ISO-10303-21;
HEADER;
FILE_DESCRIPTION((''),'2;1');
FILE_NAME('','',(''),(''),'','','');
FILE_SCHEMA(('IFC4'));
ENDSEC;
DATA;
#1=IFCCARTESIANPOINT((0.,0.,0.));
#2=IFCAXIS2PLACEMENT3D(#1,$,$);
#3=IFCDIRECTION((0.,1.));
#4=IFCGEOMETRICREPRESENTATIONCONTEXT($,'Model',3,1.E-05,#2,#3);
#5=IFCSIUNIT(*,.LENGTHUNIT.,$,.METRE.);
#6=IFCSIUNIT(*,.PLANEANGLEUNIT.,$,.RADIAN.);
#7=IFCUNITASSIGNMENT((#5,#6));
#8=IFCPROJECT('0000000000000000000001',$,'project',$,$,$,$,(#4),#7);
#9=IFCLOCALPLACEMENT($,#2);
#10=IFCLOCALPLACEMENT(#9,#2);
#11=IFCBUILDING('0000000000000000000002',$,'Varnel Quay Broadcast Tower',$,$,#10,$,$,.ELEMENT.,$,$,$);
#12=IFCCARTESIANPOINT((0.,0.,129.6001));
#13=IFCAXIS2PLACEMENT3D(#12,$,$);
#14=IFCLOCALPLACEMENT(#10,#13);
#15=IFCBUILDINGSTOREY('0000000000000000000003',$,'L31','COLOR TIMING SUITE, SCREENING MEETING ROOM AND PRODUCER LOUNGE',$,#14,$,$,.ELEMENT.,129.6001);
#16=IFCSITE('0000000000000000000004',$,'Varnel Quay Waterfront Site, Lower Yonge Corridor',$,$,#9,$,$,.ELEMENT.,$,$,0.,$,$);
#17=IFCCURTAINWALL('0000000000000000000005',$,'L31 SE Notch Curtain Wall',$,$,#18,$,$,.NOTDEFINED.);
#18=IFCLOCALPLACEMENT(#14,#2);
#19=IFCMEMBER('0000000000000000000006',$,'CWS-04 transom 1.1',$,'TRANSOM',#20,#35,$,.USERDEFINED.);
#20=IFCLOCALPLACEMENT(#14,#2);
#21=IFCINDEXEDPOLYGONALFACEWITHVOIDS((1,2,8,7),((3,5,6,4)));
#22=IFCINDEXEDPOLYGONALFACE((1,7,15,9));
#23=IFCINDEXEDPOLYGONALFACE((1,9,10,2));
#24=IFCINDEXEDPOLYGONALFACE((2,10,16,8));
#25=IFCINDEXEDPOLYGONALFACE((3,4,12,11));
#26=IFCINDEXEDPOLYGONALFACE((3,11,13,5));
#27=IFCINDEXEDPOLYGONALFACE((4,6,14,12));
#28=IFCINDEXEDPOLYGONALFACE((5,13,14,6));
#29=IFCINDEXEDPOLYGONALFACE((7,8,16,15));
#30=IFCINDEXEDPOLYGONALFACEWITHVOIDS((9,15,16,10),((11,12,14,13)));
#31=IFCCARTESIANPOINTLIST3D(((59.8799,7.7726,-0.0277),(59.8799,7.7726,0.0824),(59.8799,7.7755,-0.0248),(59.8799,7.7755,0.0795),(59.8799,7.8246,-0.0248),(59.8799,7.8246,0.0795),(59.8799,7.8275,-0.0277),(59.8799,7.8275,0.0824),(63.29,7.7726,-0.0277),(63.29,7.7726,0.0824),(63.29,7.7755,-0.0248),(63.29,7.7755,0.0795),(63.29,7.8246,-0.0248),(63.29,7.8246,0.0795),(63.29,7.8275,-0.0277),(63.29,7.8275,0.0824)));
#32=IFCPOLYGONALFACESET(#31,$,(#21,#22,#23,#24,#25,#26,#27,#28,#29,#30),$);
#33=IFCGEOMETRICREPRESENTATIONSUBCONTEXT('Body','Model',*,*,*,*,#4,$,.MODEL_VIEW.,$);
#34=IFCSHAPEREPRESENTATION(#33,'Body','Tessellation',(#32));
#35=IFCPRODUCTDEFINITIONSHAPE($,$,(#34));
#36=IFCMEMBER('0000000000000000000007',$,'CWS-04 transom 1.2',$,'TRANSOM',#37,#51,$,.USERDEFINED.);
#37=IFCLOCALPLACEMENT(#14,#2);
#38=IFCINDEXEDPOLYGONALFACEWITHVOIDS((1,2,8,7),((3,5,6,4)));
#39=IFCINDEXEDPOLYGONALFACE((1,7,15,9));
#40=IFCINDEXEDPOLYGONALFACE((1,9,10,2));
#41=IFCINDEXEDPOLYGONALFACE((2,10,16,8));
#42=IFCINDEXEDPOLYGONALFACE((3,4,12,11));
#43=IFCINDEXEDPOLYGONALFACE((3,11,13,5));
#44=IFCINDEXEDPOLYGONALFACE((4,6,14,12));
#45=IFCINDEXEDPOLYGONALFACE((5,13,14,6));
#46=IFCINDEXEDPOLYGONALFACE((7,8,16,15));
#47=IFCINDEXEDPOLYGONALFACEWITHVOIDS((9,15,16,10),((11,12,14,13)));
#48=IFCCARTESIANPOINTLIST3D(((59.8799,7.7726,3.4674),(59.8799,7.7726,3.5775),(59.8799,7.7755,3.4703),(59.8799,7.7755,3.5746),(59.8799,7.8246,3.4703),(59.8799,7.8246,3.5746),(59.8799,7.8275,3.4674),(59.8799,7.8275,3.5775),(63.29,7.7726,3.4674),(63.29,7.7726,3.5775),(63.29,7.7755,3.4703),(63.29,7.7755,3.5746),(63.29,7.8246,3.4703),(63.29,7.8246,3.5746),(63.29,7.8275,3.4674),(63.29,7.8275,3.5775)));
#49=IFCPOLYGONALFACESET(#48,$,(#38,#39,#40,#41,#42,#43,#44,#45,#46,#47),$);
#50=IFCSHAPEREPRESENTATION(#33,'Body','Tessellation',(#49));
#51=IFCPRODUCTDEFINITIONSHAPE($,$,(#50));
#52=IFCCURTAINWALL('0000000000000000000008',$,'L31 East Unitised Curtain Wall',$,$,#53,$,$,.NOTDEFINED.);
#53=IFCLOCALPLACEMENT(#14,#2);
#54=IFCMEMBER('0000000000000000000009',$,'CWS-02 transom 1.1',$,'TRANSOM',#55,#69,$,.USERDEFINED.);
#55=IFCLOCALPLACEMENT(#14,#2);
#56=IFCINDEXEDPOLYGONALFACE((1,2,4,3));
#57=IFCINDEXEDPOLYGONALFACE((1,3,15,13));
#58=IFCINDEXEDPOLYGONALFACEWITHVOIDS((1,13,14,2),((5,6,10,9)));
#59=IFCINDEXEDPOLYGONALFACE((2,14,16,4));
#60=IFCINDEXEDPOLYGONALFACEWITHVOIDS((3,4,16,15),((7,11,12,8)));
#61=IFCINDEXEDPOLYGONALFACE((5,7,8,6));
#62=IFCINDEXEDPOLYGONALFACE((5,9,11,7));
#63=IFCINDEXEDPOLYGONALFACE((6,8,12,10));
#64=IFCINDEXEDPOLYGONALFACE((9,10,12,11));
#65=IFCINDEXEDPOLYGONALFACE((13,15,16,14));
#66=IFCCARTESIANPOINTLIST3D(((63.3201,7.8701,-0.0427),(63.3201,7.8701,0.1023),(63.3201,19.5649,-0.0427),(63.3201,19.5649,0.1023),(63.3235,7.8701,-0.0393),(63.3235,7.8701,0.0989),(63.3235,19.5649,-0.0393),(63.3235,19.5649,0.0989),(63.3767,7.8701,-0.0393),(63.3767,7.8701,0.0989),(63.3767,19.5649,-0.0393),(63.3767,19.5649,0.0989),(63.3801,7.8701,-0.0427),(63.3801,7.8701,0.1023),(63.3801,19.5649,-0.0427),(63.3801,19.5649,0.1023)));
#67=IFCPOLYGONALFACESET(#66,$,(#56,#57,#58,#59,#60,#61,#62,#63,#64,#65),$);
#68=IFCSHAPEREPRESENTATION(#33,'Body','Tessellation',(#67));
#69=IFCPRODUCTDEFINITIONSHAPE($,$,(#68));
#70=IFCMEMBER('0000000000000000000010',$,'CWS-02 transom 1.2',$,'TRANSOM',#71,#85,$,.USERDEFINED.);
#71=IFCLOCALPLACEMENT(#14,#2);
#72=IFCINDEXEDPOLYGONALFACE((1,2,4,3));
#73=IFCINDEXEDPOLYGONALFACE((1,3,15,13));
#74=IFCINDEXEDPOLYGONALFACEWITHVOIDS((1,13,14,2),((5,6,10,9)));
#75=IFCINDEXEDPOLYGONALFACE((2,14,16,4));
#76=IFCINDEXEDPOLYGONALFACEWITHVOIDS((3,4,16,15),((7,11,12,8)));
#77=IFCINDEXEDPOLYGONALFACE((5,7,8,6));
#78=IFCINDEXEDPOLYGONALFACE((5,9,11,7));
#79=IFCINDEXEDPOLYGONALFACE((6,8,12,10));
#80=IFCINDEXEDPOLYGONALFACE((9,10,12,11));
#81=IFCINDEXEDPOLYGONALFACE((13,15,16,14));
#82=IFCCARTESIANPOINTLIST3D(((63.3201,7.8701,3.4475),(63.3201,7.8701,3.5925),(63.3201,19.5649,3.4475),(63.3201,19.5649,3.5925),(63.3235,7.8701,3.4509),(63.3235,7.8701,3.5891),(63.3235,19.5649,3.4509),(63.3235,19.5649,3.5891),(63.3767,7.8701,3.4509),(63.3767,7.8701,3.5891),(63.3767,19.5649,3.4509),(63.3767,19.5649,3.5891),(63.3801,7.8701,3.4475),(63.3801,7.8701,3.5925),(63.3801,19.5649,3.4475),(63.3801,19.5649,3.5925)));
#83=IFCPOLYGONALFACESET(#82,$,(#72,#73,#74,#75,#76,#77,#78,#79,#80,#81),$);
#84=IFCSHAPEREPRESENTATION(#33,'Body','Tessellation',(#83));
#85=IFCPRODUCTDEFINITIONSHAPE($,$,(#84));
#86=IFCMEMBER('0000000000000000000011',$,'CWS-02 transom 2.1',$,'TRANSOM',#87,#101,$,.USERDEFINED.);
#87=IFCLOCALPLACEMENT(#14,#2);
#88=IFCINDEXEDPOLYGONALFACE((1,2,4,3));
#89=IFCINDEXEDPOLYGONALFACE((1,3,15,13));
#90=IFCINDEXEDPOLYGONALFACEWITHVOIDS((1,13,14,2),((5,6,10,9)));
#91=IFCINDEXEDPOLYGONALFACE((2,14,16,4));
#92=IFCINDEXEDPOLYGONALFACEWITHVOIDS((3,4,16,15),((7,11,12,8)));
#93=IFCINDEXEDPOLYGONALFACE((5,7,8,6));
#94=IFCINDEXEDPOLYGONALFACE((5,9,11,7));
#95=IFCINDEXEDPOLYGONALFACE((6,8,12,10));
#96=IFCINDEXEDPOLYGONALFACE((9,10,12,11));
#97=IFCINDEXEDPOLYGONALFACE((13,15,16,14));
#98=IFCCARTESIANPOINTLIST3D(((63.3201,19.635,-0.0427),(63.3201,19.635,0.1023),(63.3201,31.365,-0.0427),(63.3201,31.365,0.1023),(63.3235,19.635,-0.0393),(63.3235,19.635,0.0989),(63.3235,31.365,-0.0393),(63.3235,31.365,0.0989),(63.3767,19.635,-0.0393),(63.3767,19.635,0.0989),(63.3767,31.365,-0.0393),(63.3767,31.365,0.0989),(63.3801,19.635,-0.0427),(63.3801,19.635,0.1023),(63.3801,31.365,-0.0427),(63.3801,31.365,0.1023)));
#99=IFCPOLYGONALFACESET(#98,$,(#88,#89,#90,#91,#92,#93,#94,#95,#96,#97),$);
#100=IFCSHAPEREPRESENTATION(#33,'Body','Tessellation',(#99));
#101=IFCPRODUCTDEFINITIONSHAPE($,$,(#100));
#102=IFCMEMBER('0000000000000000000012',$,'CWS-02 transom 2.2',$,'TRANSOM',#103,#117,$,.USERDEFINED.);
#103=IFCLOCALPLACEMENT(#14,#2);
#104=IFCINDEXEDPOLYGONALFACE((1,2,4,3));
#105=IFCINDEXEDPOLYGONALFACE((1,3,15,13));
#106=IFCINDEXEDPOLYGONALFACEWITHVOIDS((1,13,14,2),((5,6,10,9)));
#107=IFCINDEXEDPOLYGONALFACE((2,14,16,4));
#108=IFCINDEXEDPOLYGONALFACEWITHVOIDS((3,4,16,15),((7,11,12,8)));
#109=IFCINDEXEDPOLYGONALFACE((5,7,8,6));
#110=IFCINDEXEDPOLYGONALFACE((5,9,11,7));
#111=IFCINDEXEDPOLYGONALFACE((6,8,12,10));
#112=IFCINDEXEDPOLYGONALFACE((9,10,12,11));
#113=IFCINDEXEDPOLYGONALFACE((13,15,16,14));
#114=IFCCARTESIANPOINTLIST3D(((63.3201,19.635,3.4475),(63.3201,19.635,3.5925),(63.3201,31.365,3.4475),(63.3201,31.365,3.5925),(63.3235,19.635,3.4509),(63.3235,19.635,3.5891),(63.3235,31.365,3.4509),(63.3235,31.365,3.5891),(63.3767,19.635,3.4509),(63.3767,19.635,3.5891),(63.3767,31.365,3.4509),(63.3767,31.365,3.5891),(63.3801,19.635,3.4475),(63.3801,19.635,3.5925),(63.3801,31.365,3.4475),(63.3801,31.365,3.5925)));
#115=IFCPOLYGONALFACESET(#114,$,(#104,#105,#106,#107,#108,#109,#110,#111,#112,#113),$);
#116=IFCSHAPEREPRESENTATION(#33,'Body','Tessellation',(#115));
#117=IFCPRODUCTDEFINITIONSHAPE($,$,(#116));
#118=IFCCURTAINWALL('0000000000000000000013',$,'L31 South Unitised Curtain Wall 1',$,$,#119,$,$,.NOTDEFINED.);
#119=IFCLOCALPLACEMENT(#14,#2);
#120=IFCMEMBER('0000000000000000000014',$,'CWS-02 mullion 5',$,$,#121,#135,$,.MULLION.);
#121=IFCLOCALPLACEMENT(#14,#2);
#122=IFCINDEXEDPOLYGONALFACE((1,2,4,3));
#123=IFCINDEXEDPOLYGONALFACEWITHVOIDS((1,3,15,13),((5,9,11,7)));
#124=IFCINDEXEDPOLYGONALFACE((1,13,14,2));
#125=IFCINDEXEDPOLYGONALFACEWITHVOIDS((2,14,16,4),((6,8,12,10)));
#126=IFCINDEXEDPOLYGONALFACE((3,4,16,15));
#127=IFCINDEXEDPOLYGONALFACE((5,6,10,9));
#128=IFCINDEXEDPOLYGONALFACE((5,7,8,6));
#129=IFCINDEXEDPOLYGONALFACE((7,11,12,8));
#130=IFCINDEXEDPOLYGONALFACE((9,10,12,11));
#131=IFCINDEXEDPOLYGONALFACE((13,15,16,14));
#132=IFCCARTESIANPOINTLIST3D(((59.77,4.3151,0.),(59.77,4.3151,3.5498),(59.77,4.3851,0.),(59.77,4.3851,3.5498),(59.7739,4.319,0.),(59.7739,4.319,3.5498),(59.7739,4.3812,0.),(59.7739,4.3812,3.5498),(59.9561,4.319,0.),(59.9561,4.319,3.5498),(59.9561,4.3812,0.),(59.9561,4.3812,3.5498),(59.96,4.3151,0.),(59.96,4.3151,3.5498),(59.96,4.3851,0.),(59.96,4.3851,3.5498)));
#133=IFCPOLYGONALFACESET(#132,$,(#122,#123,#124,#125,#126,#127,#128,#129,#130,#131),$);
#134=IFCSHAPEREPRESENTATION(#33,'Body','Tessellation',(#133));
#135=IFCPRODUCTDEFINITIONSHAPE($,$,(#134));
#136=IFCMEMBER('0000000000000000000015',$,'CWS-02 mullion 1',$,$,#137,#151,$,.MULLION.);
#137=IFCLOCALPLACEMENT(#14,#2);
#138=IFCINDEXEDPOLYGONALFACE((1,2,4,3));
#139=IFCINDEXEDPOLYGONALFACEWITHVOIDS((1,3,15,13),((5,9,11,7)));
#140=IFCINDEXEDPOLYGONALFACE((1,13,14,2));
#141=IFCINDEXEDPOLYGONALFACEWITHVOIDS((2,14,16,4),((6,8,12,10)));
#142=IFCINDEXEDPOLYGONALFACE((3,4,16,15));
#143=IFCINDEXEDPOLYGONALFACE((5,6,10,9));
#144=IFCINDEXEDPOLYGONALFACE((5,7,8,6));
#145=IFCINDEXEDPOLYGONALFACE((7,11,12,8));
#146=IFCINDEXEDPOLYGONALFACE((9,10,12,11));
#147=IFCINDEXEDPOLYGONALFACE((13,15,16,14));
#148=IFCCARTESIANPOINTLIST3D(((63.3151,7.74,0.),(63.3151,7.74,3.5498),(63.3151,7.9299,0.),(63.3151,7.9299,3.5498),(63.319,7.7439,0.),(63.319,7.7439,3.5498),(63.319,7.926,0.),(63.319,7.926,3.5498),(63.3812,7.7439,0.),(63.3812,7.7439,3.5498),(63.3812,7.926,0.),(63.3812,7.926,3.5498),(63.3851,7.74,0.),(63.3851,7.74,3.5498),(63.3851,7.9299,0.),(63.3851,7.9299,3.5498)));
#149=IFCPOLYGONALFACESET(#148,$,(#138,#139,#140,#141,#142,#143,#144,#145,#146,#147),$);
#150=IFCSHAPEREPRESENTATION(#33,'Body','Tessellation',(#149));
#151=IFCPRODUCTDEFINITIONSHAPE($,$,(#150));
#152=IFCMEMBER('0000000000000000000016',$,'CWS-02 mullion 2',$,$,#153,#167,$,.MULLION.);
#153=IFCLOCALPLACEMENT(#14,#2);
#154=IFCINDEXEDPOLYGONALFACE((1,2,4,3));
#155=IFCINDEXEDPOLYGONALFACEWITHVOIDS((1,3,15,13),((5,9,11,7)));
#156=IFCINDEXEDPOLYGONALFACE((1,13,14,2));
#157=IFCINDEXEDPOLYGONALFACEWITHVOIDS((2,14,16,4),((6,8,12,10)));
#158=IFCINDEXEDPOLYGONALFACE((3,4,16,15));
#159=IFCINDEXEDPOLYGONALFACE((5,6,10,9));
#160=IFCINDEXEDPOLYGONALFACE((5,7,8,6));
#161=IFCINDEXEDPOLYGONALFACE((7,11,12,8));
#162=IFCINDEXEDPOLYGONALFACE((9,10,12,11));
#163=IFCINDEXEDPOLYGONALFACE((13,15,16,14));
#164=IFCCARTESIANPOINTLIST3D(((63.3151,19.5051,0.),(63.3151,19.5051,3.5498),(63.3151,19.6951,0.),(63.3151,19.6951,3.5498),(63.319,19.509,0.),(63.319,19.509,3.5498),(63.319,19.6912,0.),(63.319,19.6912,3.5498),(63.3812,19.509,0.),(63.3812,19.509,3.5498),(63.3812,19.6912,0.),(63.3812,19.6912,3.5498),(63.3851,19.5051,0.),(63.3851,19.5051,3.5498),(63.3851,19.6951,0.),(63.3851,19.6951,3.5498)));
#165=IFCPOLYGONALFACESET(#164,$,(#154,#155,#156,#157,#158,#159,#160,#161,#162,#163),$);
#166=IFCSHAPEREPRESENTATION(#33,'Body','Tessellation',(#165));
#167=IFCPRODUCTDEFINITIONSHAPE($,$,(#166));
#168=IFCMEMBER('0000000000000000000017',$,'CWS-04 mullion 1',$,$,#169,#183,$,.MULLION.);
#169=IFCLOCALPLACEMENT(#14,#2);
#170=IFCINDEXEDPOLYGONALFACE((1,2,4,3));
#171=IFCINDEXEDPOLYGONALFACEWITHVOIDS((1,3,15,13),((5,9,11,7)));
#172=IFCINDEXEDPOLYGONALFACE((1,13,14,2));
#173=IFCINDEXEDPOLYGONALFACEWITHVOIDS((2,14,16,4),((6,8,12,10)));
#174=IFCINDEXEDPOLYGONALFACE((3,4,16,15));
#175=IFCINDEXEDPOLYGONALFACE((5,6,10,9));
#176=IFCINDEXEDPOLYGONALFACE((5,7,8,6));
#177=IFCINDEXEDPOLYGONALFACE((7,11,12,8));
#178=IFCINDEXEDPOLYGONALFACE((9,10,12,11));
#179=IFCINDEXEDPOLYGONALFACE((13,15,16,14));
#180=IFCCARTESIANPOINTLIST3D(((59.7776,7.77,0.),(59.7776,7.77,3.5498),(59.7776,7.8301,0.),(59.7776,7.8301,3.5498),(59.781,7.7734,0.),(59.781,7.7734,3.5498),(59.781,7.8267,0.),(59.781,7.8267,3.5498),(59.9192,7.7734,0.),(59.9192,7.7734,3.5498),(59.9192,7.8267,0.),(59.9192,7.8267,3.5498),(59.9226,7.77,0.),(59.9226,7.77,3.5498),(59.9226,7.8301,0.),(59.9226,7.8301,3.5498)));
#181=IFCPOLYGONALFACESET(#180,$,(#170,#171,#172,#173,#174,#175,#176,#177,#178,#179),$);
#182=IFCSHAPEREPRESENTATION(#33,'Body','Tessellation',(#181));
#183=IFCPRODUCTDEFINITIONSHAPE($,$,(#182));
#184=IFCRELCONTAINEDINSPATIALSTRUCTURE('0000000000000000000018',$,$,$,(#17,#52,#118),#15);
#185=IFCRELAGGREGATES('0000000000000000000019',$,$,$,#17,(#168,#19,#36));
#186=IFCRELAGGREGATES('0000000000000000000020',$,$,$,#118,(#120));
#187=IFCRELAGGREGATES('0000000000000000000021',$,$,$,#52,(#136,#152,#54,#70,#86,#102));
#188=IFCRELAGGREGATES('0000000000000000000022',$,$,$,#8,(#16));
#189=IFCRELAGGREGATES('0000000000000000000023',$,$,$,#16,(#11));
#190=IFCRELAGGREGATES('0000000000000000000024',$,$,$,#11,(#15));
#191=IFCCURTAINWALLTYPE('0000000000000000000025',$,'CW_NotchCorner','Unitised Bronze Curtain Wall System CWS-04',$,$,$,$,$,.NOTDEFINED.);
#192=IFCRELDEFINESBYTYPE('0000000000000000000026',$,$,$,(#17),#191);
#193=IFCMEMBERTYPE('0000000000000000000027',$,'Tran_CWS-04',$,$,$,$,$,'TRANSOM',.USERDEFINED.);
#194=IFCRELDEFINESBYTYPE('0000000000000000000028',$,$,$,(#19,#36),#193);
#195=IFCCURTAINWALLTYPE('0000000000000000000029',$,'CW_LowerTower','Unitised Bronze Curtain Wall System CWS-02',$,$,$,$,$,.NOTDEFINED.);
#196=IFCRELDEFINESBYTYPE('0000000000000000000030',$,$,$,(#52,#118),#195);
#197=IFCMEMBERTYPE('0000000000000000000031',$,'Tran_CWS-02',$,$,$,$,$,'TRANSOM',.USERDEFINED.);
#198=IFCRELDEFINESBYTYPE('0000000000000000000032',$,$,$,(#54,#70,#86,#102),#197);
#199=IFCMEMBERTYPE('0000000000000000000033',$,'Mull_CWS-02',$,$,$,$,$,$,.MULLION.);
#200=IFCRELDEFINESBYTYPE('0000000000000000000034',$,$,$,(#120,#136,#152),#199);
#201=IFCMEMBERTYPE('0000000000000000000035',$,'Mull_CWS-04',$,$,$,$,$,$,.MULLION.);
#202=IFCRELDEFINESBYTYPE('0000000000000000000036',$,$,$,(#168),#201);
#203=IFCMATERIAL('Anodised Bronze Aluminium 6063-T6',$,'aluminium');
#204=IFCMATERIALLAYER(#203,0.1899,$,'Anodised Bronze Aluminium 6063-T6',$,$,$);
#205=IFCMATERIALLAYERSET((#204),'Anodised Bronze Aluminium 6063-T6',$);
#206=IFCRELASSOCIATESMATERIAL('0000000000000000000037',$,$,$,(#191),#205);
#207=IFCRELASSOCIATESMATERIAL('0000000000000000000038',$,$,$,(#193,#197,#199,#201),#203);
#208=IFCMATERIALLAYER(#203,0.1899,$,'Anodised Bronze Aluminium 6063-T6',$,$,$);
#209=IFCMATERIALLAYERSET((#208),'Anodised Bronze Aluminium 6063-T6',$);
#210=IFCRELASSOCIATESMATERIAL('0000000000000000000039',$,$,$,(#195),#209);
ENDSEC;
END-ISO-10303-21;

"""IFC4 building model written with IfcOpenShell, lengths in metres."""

from ifc_helpers import new_model, si_unit, direction, frame, origin, origin_2d, place, context, subcontext, project, spatial, hollow_rectangle, extrude, source, transform, mapped, material, layer, layer_set, material_profile, profile_set, type_object, type_shapes, element, aggregate, save


model = new_model("IFC4")

# Units and contexts
model_context = context("Model", 3, precision=1e-05, world=origin(), true_north=direction((0.0, 1.0)))
body_context = subcontext(model_context, "Body", "Model", "MODEL_VIEW")
ifc_project = project(units=[si_unit("LENGTHUNIT", "METRE"), si_unit("PLANEANGLEUNIT", "RADIAN")], contexts=[model_context])

# Site, building, storey
site_placement = place(None, origin())
site = spatial("IfcSite", under=ifc_project, at=site_placement, Name="Varnel Quay Waterfront Site, Lower Yonge Corridor", CompositionType="ELEMENT", RefElevation=0.0)
building_placement = place(site_placement, origin())
building = spatial("IfcBuilding", under=site, at=building_placement, Name="Varnel Quay Broadcast Tower", CompositionType="ELEMENT")
storey_placement = place(building_placement, frame((0.0, 0.0, 129.6001)))
storey = spatial("IfcBuildingStorey", under=building, at=storey_placement, Name="L31", Description="COLOR TIMING SUITE, SCREENING MEETING ROOM AND PRODUCER LOUNGE", CompositionType="ELEMENT", Elevation=129.6001)

# Curtain walls, members
ifc_material_1 = material(Name="Anodised Bronze Aluminium 6063-T6", Category="aluminium")
ifc_layer_1 = layer(ifc_material_1, 0.1899, Name="Anodised Bronze Aluminium 6063-T6")
ifc_layer_set_1 = layer_set([ifc_layer_1], Name="Anodised Bronze Aluminium 6063-T6")
curtain_wall_type_1 = type_object("IfcCurtainWallType", Name="CW_NotchCorner", Description="Unitised Bronze Curtain Wall System CWS-04", PredefinedType="NOTDEFINED", material=ifc_layer_set_1)
curtain_wall_1_placement = place(storey_placement, origin())
curtain_wall_1 = element("IfcCurtainWall", 1, at=curtain_wall_1_placement, inside=storey, type_object=curtain_wall_type_1, Name="L31 SE Notch Curtain Wall", PredefinedType="NOTDEFINED")
ifc_material_profile_1 = material_profile(ifc_material_1, hollow_rectangle(XDim=0.0549, YDim=0.1101, WallThickness=0.0029, at=origin_2d()), Name="ALU55X110X3")
ifc_profile_set_1 = profile_set([ifc_material_profile_1], Name="Anodised Bronze Aluminium 6063-T6")
member_type_1 = type_object("IfcMemberType", Name="Tran_CWS-04", ElementType="TRANSOM", PredefinedType="USERDEFINED", material=ifc_profile_set_1)
shared_shape_1 = source(origin(), body_context, "Body", "SweptSolid", [
    extrude(hollow_rectangle(XDim=0.0549, YDim=0.1101, WallThickness=0.0029, at=origin_2d()), origin(), (0.0, 0.0, 1.0), 3.4102),
])
type_shapes(member_type_1, [shared_shape_1])
member_1_placement = place(storey_placement, frame((59.8799, 7.8, 0.0273), z_axis=(1.0, 0.0, 0.0), x_axis=(0.0, 1.0, 0.0)))
member_1 = element("IfcMember", 2, at=member_1_placement, type_object=member_type_1, Name="CWS-04 transom 1.1", ObjectType="TRANSOM", PredefinedType="USERDEFINED", context=body_context, shape_type="MappedRepresentation", body=[
    mapped(shared_shape_1, transform((0.0, 0.0, 0.0), x_axis=(1.0, 0.0, 0.0), y_axis=(0.0, 1.0, 0.0), z_axis=(0.0, 0.0, 1.0), scale=1.0)),
])
member_2_placement = place(storey_placement, frame((59.8799, 7.8, 3.5225), z_axis=(1.0, 0.0, 0.0), x_axis=(0.0, 1.0, 0.0)))
member_2 = element("IfcMember", 3, at=member_2_placement, type_object=member_type_1, Name="CWS-04 transom 1.2", ObjectType="TRANSOM", PredefinedType="USERDEFINED", context=body_context, shape_type="MappedRepresentation", body=[
    mapped(shared_shape_1, transform((0.0, 0.0, 0.0), x_axis=(1.0, 0.0, 0.0), y_axis=(0.0, 1.0, 0.0), z_axis=(0.0, 0.0, 1.0), scale=1.0)),
])
ifc_layer_2 = layer(ifc_material_1, 0.1899, Name="Anodised Bronze Aluminium 6063-T6")
ifc_layer_set_2 = layer_set([ifc_layer_2], Name="Anodised Bronze Aluminium 6063-T6")
curtain_wall_type_2 = type_object("IfcCurtainWallType", Name="CW_LowerTower", Description="Unitised Bronze Curtain Wall System CWS-02", PredefinedType="NOTDEFINED", material=ifc_layer_set_2)
curtain_wall_2_placement = place(storey_placement, origin())
curtain_wall_2 = element("IfcCurtainWall", 4, at=curtain_wall_2_placement, inside=storey, type_object=curtain_wall_type_2, Name="L31 East Unitised Curtain Wall", PredefinedType="NOTDEFINED")
ifc_material_profile_2 = material_profile(ifc_material_1, hollow_rectangle(XDim=0.0601, YDim=0.145, WallThickness=0.0034, at=origin_2d()), Name="ALU60X145X3.5")
ifc_profile_set_2 = profile_set([ifc_material_profile_2], Name="Anodised Bronze Aluminium 6063-T6")
member_type_2 = type_object("IfcMemberType", Name="Tran_CWS-02", ElementType="TRANSOM", PredefinedType="USERDEFINED", material=ifc_profile_set_2)
shared_shape_2 = source(origin(), body_context, "Body", "SweptSolid", [
    extrude(hollow_rectangle(XDim=0.0601, YDim=0.145, WallThickness=0.0034, at=origin_2d()), origin(), (0.0, 0.0, 1.0), 11.6948),
])
member_3_placement = place(storey_placement, frame((63.3501, 7.8701, 0.0298), z_axis=(0.0, 1.0, 0.0), x_axis=(-1.0, 0.0, 0.0)))
member_3 = element("IfcMember", 5, at=member_3_placement, type_object=member_type_2, Name="CWS-02 transom 1.1", ObjectType="TRANSOM", PredefinedType="USERDEFINED", context=body_context, shape_type="MappedRepresentation", body=[
    mapped(shared_shape_2, transform((0.0, 0.0, 0.0), x_axis=(1.0, 0.0, 0.0), y_axis=(0.0, 1.0, 0.0), z_axis=(0.0, 0.0, 1.0), scale=1.0)),
])
member_4_placement = place(storey_placement, frame((63.3501, 7.8701, 3.52), z_axis=(0.0, 1.0, 0.0), x_axis=(-1.0, 0.0, 0.0)))
member_4 = element("IfcMember", 6, at=member_4_placement, type_object=member_type_2, Name="CWS-02 transom 1.2", ObjectType="TRANSOM", PredefinedType="USERDEFINED", context=body_context, shape_type="MappedRepresentation", body=[
    mapped(shared_shape_2, transform((0.0, 0.0, 0.0), x_axis=(1.0, 0.0, 0.0), y_axis=(0.0, 1.0, 0.0), z_axis=(0.0, 0.0, 1.0), scale=1.0)),
])
shared_shape_3 = source(origin(), body_context, "Body", "SweptSolid", [
    extrude(hollow_rectangle(XDim=0.0601, YDim=0.145, WallThickness=0.0034, at=origin_2d()), origin(), (0.0, 0.0, 1.0), 11.73),
])
type_shapes(member_type_2, [shared_shape_2, shared_shape_3])
member_5_placement = place(storey_placement, frame((63.3501, 19.635, 0.0298), z_axis=(0.0, 1.0, 0.0), x_axis=(-1.0, 0.0, 0.0)))
member_5 = element("IfcMember", 7, at=member_5_placement, type_object=member_type_2, Name="CWS-02 transom 2.1", ObjectType="TRANSOM", PredefinedType="USERDEFINED", context=body_context, shape_type="MappedRepresentation", body=[
    mapped(shared_shape_3, transform((0.0, 0.0, 0.0), x_axis=(1.0, 0.0, 0.0), y_axis=(0.0, 1.0, 0.0), z_axis=(0.0, 0.0, 1.0), scale=1.0)),
])
member_6_placement = place(storey_placement, frame((63.3501, 19.635, 3.52), z_axis=(0.0, 1.0, 0.0), x_axis=(-1.0, 0.0, 0.0)))
member_6 = element("IfcMember", 8, at=member_6_placement, type_object=member_type_2, Name="CWS-02 transom 2.2", ObjectType="TRANSOM", PredefinedType="USERDEFINED", context=body_context, shape_type="MappedRepresentation", body=[
    mapped(shared_shape_3, transform((0.0, 0.0, 0.0), x_axis=(1.0, 0.0, 0.0), y_axis=(0.0, 1.0, 0.0), z_axis=(0.0, 0.0, 1.0), scale=1.0)),
])

# Curtain wall, member
curtain_wall_3_placement = place(storey_placement, origin())
curtain_wall_3 = element("IfcCurtainWall", 9, at=curtain_wall_3_placement, inside=storey, type_object=curtain_wall_type_2, Name="L31 South Unitised Curtain Wall 1", PredefinedType="NOTDEFINED")
ifc_material_profile_3 = material_profile(ifc_material_1, hollow_rectangle(XDim=0.0701, YDim=0.1899, WallThickness=0.0039, at=origin_2d()), Name="ALU70X190X4")
ifc_profile_set_3 = profile_set([ifc_material_profile_3], Name="Anodised Bronze Aluminium 6063-T6")
member_type_3 = type_object("IfcMemberType", Name="Mull_CWS-02", PredefinedType="MULLION", material=ifc_profile_set_3)
shared_shape_4 = source(origin(), body_context, "Body", "SweptSolid", [
    extrude(hollow_rectangle(XDim=0.0701, YDim=0.1899, WallThickness=0.0039, at=origin_2d()), origin(), (0.0, 0.0, 1.0), 3.5498),
])
type_shapes(member_type_3, [shared_shape_4])
member_7_placement = place(storey_placement, frame((59.865, 4.3501, 0.0), z_axis=(0.0, 0.0, 1.0), x_axis=(0.0, 1.0, 0.0)))
member_7 = element("IfcMember", 10, at=member_7_placement, type_object=member_type_3, Name="CWS-02 mullion 5", PredefinedType="MULLION", context=body_context, shape_type="MappedRepresentation", body=[
    mapped(shared_shape_4, transform((0.0, 0.0, 0.0), x_axis=(1.0, 0.0, 0.0), y_axis=(0.0, 1.0, 0.0), z_axis=(0.0, 0.0, 1.0), scale=1.0)),
])

# Members
member_8_placement = place(storey_placement, frame((63.3501, 7.835, 0.0), z_axis=(0.0, 0.0, 1.0), x_axis=(-1.0, 0.0, 0.0)))
member_8 = element("IfcMember", 11, at=member_8_placement, type_object=member_type_3, Name="CWS-02 mullion 1", PredefinedType="MULLION", context=body_context, shape_type="MappedRepresentation", body=[
    mapped(shared_shape_4, transform((0.0, 0.0, 0.0), x_axis=(1.0, 0.0, 0.0), y_axis=(0.0, 1.0, 0.0), z_axis=(0.0, 0.0, 1.0), scale=1.0)),
])
member_9_placement = place(storey_placement, frame((63.3501, 19.6001, 0.0), z_axis=(0.0, 0.0, 1.0), x_axis=(-1.0, 0.0, 0.0)))
member_9 = element("IfcMember", 12, at=member_9_placement, type_object=member_type_3, Name="CWS-02 mullion 2", PredefinedType="MULLION", context=body_context, shape_type="MappedRepresentation", body=[
    mapped(shared_shape_4, transform((0.0, 0.0, 0.0), x_axis=(1.0, 0.0, 0.0), y_axis=(0.0, 1.0, 0.0), z_axis=(0.0, 0.0, 1.0), scale=1.0)),
])
ifc_material_profile_4 = material_profile(ifc_material_1, hollow_rectangle(XDim=0.0601, YDim=0.145, WallThickness=0.0034, at=origin_2d()), Name="ALU60X145X3.5")
ifc_profile_set_4 = profile_set([ifc_material_profile_4], Name="Anodised Bronze Aluminium 6063-T6")
member_type_4 = type_object("IfcMemberType", Name="Mull_CWS-04", PredefinedType="MULLION", material=ifc_profile_set_4)
shared_shape_5 = source(origin(), body_context, "Body", "SweptSolid", [
    extrude(hollow_rectangle(XDim=0.0601, YDim=0.145, WallThickness=0.0034, at=origin_2d()), origin(), (0.0, 0.0, 1.0), 3.5498),
])
type_shapes(member_type_4, [shared_shape_5])
member_10_placement = place(storey_placement, frame((59.8501, 7.8, 0.0), z_axis=(0.0, 0.0, 1.0), x_axis=(0.0, 1.0, 0.0)))
member_10 = element("IfcMember", 13, at=member_10_placement, type_object=member_type_4, Name="CWS-04 mullion 1", PredefinedType="MULLION", context=body_context, shape_type="MappedRepresentation", body=[
    mapped(shared_shape_5, transform((0.0, 0.0, 0.0), x_axis=(1.0, 0.0, 0.0), y_axis=(0.0, 1.0, 0.0), z_axis=(0.0, 0.0, 1.0), scale=1.0)),
])

aggregate(curtain_wall_1, [member_10, member_1, member_2])
aggregate(curtain_wall_3, [member_7])
aggregate(curtain_wall_2, [member_8, member_9, member_3, member_4, member_5, member_6])

save(model, "model.ifc")
